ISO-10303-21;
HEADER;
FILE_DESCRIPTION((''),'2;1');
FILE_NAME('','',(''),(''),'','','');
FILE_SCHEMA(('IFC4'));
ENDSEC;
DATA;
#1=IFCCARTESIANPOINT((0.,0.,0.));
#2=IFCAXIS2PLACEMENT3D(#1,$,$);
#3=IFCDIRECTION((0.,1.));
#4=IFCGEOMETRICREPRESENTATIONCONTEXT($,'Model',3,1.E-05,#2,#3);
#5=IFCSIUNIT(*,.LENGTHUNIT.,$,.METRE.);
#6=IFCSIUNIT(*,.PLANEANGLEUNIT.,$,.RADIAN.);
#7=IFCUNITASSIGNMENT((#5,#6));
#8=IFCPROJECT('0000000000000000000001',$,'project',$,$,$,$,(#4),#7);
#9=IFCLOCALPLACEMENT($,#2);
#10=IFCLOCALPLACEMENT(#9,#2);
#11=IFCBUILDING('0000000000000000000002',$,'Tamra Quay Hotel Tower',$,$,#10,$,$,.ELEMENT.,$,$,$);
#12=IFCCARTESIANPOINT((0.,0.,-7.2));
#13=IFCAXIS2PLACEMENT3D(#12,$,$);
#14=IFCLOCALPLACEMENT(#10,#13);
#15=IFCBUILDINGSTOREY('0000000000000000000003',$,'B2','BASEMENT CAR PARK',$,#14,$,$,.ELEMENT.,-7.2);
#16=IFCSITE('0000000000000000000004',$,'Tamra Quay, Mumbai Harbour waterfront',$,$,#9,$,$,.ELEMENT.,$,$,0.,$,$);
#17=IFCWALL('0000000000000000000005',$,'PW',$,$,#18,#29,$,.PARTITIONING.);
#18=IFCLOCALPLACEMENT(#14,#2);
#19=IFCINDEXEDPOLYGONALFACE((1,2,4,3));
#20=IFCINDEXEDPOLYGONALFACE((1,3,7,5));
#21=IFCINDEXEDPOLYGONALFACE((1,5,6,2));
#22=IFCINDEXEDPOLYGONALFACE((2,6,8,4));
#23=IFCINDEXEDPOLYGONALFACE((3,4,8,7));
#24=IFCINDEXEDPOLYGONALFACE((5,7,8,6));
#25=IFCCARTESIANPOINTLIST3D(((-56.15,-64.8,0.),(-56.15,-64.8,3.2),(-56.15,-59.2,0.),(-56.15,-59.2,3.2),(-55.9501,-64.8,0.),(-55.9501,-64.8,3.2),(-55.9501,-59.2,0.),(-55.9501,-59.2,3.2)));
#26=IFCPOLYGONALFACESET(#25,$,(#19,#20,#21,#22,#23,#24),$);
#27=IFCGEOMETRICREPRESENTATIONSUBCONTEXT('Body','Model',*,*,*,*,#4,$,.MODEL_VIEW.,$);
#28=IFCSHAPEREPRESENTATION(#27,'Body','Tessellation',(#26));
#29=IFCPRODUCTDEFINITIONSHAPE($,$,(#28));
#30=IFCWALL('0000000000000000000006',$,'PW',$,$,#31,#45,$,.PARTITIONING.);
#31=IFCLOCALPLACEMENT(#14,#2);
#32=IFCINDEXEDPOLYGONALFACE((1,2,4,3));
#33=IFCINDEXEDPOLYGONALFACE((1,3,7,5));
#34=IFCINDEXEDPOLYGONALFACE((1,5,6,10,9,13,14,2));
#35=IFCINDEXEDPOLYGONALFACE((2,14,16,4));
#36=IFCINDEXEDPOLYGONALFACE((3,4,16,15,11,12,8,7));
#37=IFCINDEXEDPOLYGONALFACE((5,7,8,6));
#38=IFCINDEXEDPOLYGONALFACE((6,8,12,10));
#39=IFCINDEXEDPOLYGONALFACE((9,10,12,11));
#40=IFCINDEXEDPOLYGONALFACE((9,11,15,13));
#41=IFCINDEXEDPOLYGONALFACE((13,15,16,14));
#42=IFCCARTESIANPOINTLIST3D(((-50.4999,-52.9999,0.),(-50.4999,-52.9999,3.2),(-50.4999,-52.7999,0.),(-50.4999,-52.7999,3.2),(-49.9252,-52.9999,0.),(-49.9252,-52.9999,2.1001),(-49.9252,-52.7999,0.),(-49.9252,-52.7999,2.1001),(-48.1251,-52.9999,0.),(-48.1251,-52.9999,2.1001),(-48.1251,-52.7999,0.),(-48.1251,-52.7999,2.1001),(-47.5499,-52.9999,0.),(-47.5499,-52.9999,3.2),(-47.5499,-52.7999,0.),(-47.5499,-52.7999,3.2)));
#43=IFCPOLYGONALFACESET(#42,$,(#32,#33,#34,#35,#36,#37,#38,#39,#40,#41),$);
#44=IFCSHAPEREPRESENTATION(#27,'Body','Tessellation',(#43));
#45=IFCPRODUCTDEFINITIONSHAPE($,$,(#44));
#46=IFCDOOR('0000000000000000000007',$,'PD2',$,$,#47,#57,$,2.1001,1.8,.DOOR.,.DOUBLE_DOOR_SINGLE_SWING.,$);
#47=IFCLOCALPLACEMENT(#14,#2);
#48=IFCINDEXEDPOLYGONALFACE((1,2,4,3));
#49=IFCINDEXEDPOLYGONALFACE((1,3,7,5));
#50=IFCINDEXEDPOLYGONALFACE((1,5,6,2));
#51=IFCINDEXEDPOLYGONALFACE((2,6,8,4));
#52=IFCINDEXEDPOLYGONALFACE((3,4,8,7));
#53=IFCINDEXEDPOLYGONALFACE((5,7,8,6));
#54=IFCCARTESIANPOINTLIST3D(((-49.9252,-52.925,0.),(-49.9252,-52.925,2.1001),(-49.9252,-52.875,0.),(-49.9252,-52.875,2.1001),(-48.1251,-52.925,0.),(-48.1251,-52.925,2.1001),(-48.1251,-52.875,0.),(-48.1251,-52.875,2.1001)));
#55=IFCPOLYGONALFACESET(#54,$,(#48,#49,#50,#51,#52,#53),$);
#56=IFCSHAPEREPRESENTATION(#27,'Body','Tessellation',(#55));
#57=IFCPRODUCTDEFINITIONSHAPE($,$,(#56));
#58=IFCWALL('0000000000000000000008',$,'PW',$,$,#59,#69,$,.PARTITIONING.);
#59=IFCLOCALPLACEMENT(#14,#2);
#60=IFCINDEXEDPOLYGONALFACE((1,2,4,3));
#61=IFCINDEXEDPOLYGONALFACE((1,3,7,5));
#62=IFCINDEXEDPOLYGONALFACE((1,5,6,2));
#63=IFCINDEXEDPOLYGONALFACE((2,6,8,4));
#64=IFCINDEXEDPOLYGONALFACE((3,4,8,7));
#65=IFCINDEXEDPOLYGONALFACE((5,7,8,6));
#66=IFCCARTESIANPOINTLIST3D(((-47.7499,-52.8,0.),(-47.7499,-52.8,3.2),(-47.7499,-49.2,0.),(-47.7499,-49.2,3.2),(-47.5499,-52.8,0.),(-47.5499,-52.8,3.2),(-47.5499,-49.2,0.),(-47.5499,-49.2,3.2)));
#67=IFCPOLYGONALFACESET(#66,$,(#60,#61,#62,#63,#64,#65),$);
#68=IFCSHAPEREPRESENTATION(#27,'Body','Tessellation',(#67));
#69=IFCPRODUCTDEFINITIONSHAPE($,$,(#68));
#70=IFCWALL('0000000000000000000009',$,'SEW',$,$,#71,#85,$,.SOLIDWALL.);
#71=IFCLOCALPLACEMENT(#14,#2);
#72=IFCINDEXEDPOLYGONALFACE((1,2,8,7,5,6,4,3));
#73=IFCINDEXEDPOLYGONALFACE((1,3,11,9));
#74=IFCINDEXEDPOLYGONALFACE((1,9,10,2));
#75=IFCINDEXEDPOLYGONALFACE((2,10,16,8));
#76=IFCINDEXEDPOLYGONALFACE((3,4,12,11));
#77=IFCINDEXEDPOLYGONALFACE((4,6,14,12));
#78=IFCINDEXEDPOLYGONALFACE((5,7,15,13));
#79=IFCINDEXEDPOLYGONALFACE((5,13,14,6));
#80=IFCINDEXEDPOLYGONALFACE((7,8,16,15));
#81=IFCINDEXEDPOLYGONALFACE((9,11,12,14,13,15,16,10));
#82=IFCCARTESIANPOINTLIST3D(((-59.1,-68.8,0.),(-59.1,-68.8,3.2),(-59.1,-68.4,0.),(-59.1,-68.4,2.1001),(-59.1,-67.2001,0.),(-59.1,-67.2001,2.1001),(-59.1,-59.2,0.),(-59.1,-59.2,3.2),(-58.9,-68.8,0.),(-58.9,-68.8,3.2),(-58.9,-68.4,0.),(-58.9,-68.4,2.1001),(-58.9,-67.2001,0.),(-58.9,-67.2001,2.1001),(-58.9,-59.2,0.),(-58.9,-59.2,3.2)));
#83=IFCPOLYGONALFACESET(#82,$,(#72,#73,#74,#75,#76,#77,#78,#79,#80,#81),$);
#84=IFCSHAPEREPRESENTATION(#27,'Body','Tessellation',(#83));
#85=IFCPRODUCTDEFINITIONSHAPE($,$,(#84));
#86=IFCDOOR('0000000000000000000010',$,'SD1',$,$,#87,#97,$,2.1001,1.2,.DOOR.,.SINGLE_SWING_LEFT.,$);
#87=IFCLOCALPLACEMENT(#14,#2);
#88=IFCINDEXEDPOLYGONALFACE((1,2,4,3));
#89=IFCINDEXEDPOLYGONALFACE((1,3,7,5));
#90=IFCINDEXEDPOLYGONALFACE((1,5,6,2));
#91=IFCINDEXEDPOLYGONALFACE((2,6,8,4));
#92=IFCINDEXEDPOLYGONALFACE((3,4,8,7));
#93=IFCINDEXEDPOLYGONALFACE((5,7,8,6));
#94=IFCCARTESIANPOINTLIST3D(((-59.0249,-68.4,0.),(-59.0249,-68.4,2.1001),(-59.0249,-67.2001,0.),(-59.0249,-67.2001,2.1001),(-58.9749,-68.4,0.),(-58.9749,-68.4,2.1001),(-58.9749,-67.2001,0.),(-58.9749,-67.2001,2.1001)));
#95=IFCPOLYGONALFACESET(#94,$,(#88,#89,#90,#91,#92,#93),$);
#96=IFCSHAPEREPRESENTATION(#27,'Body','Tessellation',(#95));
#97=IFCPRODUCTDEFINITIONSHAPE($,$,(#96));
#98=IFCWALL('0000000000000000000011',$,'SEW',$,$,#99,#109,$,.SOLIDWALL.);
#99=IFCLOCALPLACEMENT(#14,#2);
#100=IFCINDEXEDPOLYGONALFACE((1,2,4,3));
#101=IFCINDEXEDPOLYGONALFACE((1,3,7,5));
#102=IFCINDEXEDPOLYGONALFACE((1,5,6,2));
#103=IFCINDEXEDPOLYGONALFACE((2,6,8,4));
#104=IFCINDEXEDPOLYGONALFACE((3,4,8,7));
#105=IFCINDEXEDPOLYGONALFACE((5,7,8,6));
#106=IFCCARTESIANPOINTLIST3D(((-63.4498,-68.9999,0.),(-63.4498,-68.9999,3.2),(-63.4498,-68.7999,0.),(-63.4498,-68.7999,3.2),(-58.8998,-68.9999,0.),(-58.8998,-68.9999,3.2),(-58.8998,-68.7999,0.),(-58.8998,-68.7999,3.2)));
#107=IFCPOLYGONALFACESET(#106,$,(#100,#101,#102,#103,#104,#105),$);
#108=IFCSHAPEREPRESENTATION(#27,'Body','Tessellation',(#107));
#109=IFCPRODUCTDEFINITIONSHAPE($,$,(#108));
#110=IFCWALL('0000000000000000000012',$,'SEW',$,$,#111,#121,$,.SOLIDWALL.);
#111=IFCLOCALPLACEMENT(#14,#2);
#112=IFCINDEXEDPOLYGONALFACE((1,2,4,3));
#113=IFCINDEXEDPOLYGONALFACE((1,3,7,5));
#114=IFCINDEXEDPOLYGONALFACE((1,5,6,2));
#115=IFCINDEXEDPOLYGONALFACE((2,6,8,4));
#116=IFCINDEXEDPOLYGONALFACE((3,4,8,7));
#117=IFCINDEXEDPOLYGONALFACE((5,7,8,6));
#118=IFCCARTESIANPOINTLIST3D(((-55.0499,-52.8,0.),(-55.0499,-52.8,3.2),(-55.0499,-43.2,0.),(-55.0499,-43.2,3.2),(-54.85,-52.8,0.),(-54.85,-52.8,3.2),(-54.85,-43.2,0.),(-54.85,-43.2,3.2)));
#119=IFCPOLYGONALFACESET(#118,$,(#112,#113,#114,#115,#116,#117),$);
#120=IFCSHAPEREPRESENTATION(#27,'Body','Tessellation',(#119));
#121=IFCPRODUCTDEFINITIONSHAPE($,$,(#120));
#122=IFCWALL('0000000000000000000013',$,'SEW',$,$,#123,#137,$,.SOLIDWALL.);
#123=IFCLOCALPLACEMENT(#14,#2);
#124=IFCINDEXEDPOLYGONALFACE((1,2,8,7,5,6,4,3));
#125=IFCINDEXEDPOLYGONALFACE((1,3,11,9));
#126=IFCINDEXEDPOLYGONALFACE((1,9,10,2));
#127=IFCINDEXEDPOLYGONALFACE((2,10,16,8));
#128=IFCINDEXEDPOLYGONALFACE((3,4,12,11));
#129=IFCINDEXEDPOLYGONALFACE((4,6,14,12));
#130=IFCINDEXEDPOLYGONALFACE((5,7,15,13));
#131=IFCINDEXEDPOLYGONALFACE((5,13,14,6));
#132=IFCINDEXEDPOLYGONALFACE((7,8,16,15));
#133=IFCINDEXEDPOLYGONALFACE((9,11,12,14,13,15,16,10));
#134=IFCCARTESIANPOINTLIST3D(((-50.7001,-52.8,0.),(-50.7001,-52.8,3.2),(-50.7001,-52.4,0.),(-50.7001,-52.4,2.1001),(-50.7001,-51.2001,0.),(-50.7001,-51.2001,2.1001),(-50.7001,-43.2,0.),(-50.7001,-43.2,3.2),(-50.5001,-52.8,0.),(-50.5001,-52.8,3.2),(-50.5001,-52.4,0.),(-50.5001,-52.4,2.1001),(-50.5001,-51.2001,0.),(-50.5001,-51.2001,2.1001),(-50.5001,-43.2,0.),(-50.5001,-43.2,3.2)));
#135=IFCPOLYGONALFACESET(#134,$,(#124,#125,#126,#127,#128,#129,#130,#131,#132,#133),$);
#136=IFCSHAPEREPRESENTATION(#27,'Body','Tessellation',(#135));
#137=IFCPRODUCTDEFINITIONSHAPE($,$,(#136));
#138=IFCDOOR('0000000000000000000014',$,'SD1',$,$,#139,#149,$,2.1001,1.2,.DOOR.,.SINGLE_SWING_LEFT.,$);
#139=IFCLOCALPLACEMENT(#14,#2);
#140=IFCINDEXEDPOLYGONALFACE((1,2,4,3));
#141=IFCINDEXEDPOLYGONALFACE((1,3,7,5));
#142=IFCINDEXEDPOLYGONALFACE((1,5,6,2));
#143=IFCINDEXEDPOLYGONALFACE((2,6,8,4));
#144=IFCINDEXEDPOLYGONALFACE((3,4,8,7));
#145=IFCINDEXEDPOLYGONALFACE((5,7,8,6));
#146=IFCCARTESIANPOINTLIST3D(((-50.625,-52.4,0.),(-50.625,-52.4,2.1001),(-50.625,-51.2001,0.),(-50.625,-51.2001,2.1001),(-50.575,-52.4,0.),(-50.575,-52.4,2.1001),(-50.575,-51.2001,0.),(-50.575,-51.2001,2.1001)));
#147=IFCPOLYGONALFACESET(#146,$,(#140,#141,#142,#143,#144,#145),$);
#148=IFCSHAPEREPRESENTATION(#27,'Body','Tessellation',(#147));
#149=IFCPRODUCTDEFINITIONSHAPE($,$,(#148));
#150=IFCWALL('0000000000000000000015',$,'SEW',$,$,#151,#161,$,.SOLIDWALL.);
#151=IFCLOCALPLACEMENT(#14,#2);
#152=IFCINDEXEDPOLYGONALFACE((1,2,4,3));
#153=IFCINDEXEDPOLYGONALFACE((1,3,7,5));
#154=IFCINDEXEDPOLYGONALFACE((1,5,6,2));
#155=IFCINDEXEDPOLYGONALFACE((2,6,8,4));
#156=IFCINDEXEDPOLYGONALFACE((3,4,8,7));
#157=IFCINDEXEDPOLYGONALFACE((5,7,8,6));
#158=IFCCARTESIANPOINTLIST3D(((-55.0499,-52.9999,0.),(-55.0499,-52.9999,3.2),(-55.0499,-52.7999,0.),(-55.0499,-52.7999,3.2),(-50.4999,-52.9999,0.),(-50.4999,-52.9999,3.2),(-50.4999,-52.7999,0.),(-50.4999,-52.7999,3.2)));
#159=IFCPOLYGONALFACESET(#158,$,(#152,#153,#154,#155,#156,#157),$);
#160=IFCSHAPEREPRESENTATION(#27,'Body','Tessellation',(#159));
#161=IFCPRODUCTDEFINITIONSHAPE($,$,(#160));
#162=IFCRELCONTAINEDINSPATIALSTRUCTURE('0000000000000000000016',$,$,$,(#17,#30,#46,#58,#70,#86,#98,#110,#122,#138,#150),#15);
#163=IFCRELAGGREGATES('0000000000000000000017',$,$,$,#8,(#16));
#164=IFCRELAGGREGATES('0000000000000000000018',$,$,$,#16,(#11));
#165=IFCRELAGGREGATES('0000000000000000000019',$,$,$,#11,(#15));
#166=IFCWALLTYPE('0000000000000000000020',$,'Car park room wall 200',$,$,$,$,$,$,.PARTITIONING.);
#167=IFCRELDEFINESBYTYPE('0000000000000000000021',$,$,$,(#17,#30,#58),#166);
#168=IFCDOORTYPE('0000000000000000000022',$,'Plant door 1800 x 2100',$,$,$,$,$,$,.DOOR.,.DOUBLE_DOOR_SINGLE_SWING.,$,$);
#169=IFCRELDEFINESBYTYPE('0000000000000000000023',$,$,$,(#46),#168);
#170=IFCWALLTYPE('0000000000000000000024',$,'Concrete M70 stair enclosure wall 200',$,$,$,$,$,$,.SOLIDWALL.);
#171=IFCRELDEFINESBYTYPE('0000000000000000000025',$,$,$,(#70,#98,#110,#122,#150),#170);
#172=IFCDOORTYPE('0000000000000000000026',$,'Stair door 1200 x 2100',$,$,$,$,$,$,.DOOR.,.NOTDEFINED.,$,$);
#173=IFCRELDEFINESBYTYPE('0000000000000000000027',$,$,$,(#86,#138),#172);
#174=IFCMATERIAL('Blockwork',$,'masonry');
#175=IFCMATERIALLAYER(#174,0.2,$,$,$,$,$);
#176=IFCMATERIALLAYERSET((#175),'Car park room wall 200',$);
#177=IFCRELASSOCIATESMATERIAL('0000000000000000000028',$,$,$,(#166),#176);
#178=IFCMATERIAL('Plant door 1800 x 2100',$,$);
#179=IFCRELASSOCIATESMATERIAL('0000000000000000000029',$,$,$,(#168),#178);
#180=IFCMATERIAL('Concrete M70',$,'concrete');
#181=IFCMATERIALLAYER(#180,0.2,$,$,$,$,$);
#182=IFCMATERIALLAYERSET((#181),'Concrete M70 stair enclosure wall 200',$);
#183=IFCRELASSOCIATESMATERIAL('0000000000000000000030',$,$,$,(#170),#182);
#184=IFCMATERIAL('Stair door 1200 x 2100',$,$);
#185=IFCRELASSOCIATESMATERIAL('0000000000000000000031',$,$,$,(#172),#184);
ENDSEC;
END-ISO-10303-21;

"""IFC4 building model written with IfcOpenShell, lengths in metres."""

from ifc_helpers import new_model, si_unit, direction, frame, frame_2d, origin, place, context, subcontext, project, spatial, rectangle, extrude, material, layer, layer_set, type_object, element, fill, save


model = new_model("IFC4")

# Units and contexts
model_context = context("Model", 3, precision=1e-05, world=origin(), true_north=direction((0.0, 1.0)))
body_context = subcontext(model_context, "Body", "Model", "MODEL_VIEW")
ifc_project = project(units=[si_unit("LENGTHUNIT", "METRE"), si_unit("PLANEANGLEUNIT", "RADIAN")], contexts=[model_context])

# Site, building, storey
site_placement = place(None, origin())
site = spatial("IfcSite", under=ifc_project, at=site_placement, Name="Tamra Quay, Mumbai Harbour waterfront", CompositionType="ELEMENT", RefElevation=0.0)
building_placement = place(site_placement, origin())
building = spatial("IfcBuilding", under=site, at=building_placement, Name="Tamra Quay Hotel Tower", CompositionType="ELEMENT")
storey_placement = place(building_placement, frame((0.0, 0.0, -7.2)))
storey = spatial("IfcBuildingStorey", under=building, at=storey_placement, Name="B2", Description="BASEMENT CAR PARK", CompositionType="ELEMENT", Elevation=-7.2)

# Shared definitions
ifc_material_1 = material(Name="Concrete M70", Category="concrete")

# Shared definitions
ifc_material_2 = material(Name="Blockwork", Category="masonry")
ifc_layer_1 = layer(ifc_material_2, 0.2)
ifc_layer_set_1 = layer_set([ifc_layer_1], Name="Car park room wall 200")
wall_type_1 = type_object("IfcWallType", Name="Car park room wall 200", PredefinedType="PARTITIONING", material=ifc_layer_set_1)
ifc_material_3 = material(Name="Plant door 1800 x 2100")
door_type_1 = type_object("IfcDoorType", Name="Plant door 1800 x 2100", OperationType="DOUBLE_DOOR_SINGLE_SWING", PredefinedType="DOOR", material=ifc_material_3)

# Wall
wall_1_placement = place(storey_placement, frame((-56.05, -64.8, 0.0), z_axis=(0.0, 0.0, 1.0), x_axis=(0.0, 1.0, 0.0)))
element("IfcWall", 1, at=wall_1_placement, inside=storey, type_object=wall_type_1, Name="PW", PredefinedType="PARTITIONING", context=body_context, shape_type="SweptSolid", body=[
    extrude(rectangle(XDim=5.6001, YDim=0.2, at=frame_2d((2.8, 0.0))), origin(), (0.0, 0.0, 1.0), 3.2),
])

# Wall, opening, door
wall_2_placement = place(storey_placement, frame((-50.5, -52.8999, 0.0), z_axis=(0.0, 0.0, 1.0), x_axis=(1.0, 0.0, 0.0)))
wall_2 = element("IfcWall", 2, at=wall_2_placement, inside=storey, type_object=wall_type_1, Name="PW", PredefinedType="PARTITIONING", context=body_context, shape_type="SweptSolid", body=[
    extrude(rectangle(XDim=2.95, YDim=0.2, at=frame_2d((1.4751, 0.0))), origin(), (0.0, 0.0, 1.0), 3.2),
])
opening_1_placement = place(wall_2_placement, frame((0.575, 0.0, 0.0)))
opening_1 = element("IfcOpeningElement", 3, at=opening_1_placement, cuts=wall_2, PredefinedType="OPENING", context=body_context, shape_type="SweptSolid", body=[
    extrude(rectangle(XDim=1.8, YDim=2.1001, at=frame_2d((0.8999, 1.05))), frame((0.0, 0.1099, 0.0), z_axis=(0.0, -1.0, 0.0), x_axis=(1.0, 0.0, 0.0)), (0.0, 0.0, 1.0), 0.22),
])
door_1_placement = place(opening_1_placement, origin())
door_1 = element("IfcDoor", 4, at=door_1_placement, inside=storey, type_object=door_type_1, Name="PD2", OperationType="DOUBLE_DOOR_SINGLE_SWING", OverallHeight=2.1001, OverallWidth=1.8, PredefinedType="DOOR", context=body_context, shape_type="SweptSolid", body=[
    extrude(rectangle(XDim=1.8, YDim=2.1001, at=frame_2d((0.8999, 1.05))), frame((0.0, 0.0249, 0.0), z_axis=(0.0, -1.0, 0.0), x_axis=(1.0, 0.0, 0.0)), (0.0, 0.0, 1.0), 0.05),
])
fill(opening_1, door_1)

# Wall
wall_3_placement = place(storey_placement, frame((-47.6499, -52.8, 0.0), z_axis=(0.0, 0.0, 1.0), x_axis=(0.0, 1.0, 0.0)))
element("IfcWall", 5, at=wall_3_placement, inside=storey, type_object=wall_type_1, Name="PW", PredefinedType="PARTITIONING", context=body_context, shape_type="SweptSolid", body=[
    extrude(rectangle(XDim=3.6001, YDim=0.2, at=frame_2d((1.8, 0.0))), origin(), (0.0, 0.0, 1.0), 3.2),
])

# Wall, opening, door
ifc_layer_2 = layer(ifc_material_1, 0.2)
ifc_layer_set_2 = layer_set([ifc_layer_2], Name="Concrete M70 stair enclosure wall 200")
wall_type_2 = type_object("IfcWallType", Name="Concrete M70 stair enclosure wall 200", PredefinedType="SOLIDWALL", material=ifc_layer_set_2)
wall_4_placement = place(storey_placement, frame((-59.0, -68.8, 0.0), z_axis=(0.0, 0.0, 1.0), x_axis=(0.0, 1.0, 0.0)))
wall_4 = element("IfcWall", 6, at=wall_4_placement, inside=storey, type_object=wall_type_2, Name="SEW", PredefinedType="SOLIDWALL", context=body_context, shape_type="SweptSolid", body=[
    extrude(rectangle(XDim=9.6001, YDim=0.2, at=frame_2d((4.8, 0.0))), origin(), (0.0, 0.0, 1.0), 3.2),
])
opening_2_placement = place(wall_4_placement, frame((0.3999, 0.0, 0.0)))
opening_2 = element("IfcOpeningElement", 7, at=opening_2_placement, cuts=wall_4, PredefinedType="OPENING", context=body_context, shape_type="SweptSolid", body=[
    extrude(rectangle(XDim=1.2, YDim=2.1001, at=frame_2d((0.6001, 1.05))), frame((0.0, 0.1099, 0.0), z_axis=(0.0, -1.0, 0.0), x_axis=(1.0, 0.0, 0.0)), (0.0, 0.0, 1.0), 0.22),
])
ifc_material_4 = material(Name="Stair door 1200 x 2100")
door_type_2 = type_object("IfcDoorType", Name="Stair door 1200 x 2100", OperationType="NOTDEFINED", PredefinedType="DOOR", material=ifc_material_4)
door_2_placement = place(opening_2_placement, origin())
door_2 = element("IfcDoor", 8, at=door_2_placement, inside=storey, type_object=door_type_2, Name="SD1", OperationType="SINGLE_SWING_LEFT", OverallHeight=2.1001, OverallWidth=1.2, PredefinedType="DOOR", context=body_context, shape_type="SweptSolid", body=[
    extrude(rectangle(XDim=1.2, YDim=2.1001, at=frame_2d((0.6001, 1.05))), frame((0.0, 0.0249, 0.0), z_axis=(0.0, -1.0, 0.0), x_axis=(1.0, 0.0, 0.0)), (0.0, 0.0, 1.0), 0.05),
])
fill(opening_2, door_2)

# Walls
wall_5_placement = place(storey_placement, frame((-58.8999, -68.8999, 0.0), z_axis=(0.0, 0.0, 1.0), x_axis=(-1.0, 0.0, 0.0)))
element("IfcWall", 9, at=wall_5_placement, inside=storey, type_object=wall_type_2, Name="SEW", PredefinedType="SOLIDWALL", context=body_context, shape_type="SweptSolid", body=[
    extrude(rectangle(XDim=4.55, YDim=0.2, at=frame_2d((2.2749, 0.0))), origin(), (0.0, 0.0, 1.0), 3.2),
])
wall_6_placement = place(storey_placement, frame((-54.95, -52.8, 0.0), z_axis=(0.0, 0.0, 1.0), x_axis=(0.0, 1.0, 0.0)))
element("IfcWall", 10, at=wall_6_placement, inside=storey, type_object=wall_type_2, Name="SEW", PredefinedType="SOLIDWALL", context=body_context, shape_type="SweptSolid", body=[
    extrude(rectangle(XDim=9.6001, YDim=0.2, at=frame_2d((4.8, 0.0))), origin(), (0.0, 0.0, 1.0), 3.2),
])

# Wall, opening, door
wall_7_placement = place(storey_placement, frame((-50.6001, -52.8, 0.0), z_axis=(0.0, 0.0, 1.0), x_axis=(0.0, 1.0, 0.0)))
wall_7 = element("IfcWall", 11, at=wall_7_placement, inside=storey, type_object=wall_type_2, Name="SEW", PredefinedType="SOLIDWALL", context=body_context, shape_type="SweptSolid", body=[
    extrude(rectangle(XDim=9.6001, YDim=0.2, at=frame_2d((4.8, 0.0))), origin(), (0.0, 0.0, 1.0), 3.2),
])
opening_3_placement = place(wall_7_placement, frame((0.3999, 0.0, 0.0)))
opening_3 = element("IfcOpeningElement", 12, at=opening_3_placement, cuts=wall_7, PredefinedType="OPENING", context=body_context, shape_type="SweptSolid", body=[
    extrude(rectangle(XDim=1.2, YDim=2.1001, at=frame_2d((0.6001, 1.05))), frame((0.0, 0.1099, 0.0), z_axis=(0.0, -1.0, 0.0), x_axis=(1.0, 0.0, 0.0)), (0.0, 0.0, 1.0), 0.22),
])
door_3_placement = place(opening_3_placement, origin())
door_3 = element("IfcDoor", 13, at=door_3_placement, inside=storey, type_object=door_type_2, Name="SD1", OperationType="SINGLE_SWING_LEFT", OverallHeight=2.1001, OverallWidth=1.2, PredefinedType="DOOR", context=body_context, shape_type="SweptSolid", body=[
    extrude(rectangle(XDim=1.2, YDim=2.1001, at=frame_2d((0.6001, 1.05))), frame((0.0, 0.0249, 0.0), z_axis=(0.0, -1.0, 0.0), x_axis=(1.0, 0.0, 0.0)), (0.0, 0.0, 1.0), 0.05),
])
fill(opening_3, door_3)

# Wall
wall_8_placement = place(storey_placement, frame((-50.5, -52.8999, 0.0), z_axis=(0.0, 0.0, 1.0), x_axis=(-1.0, 0.0, 0.0)))
element("IfcWall", 14, at=wall_8_placement, inside=storey, type_object=wall_type_2, Name="SEW", PredefinedType="SOLIDWALL", context=body_context, shape_type="SweptSolid", body=[
    extrude(rectangle(XDim=4.55, YDim=0.2, at=frame_2d((2.2749, 0.0))), origin(), (0.0, 0.0, 1.0), 3.2),
])

save(model, "model.ifc")
